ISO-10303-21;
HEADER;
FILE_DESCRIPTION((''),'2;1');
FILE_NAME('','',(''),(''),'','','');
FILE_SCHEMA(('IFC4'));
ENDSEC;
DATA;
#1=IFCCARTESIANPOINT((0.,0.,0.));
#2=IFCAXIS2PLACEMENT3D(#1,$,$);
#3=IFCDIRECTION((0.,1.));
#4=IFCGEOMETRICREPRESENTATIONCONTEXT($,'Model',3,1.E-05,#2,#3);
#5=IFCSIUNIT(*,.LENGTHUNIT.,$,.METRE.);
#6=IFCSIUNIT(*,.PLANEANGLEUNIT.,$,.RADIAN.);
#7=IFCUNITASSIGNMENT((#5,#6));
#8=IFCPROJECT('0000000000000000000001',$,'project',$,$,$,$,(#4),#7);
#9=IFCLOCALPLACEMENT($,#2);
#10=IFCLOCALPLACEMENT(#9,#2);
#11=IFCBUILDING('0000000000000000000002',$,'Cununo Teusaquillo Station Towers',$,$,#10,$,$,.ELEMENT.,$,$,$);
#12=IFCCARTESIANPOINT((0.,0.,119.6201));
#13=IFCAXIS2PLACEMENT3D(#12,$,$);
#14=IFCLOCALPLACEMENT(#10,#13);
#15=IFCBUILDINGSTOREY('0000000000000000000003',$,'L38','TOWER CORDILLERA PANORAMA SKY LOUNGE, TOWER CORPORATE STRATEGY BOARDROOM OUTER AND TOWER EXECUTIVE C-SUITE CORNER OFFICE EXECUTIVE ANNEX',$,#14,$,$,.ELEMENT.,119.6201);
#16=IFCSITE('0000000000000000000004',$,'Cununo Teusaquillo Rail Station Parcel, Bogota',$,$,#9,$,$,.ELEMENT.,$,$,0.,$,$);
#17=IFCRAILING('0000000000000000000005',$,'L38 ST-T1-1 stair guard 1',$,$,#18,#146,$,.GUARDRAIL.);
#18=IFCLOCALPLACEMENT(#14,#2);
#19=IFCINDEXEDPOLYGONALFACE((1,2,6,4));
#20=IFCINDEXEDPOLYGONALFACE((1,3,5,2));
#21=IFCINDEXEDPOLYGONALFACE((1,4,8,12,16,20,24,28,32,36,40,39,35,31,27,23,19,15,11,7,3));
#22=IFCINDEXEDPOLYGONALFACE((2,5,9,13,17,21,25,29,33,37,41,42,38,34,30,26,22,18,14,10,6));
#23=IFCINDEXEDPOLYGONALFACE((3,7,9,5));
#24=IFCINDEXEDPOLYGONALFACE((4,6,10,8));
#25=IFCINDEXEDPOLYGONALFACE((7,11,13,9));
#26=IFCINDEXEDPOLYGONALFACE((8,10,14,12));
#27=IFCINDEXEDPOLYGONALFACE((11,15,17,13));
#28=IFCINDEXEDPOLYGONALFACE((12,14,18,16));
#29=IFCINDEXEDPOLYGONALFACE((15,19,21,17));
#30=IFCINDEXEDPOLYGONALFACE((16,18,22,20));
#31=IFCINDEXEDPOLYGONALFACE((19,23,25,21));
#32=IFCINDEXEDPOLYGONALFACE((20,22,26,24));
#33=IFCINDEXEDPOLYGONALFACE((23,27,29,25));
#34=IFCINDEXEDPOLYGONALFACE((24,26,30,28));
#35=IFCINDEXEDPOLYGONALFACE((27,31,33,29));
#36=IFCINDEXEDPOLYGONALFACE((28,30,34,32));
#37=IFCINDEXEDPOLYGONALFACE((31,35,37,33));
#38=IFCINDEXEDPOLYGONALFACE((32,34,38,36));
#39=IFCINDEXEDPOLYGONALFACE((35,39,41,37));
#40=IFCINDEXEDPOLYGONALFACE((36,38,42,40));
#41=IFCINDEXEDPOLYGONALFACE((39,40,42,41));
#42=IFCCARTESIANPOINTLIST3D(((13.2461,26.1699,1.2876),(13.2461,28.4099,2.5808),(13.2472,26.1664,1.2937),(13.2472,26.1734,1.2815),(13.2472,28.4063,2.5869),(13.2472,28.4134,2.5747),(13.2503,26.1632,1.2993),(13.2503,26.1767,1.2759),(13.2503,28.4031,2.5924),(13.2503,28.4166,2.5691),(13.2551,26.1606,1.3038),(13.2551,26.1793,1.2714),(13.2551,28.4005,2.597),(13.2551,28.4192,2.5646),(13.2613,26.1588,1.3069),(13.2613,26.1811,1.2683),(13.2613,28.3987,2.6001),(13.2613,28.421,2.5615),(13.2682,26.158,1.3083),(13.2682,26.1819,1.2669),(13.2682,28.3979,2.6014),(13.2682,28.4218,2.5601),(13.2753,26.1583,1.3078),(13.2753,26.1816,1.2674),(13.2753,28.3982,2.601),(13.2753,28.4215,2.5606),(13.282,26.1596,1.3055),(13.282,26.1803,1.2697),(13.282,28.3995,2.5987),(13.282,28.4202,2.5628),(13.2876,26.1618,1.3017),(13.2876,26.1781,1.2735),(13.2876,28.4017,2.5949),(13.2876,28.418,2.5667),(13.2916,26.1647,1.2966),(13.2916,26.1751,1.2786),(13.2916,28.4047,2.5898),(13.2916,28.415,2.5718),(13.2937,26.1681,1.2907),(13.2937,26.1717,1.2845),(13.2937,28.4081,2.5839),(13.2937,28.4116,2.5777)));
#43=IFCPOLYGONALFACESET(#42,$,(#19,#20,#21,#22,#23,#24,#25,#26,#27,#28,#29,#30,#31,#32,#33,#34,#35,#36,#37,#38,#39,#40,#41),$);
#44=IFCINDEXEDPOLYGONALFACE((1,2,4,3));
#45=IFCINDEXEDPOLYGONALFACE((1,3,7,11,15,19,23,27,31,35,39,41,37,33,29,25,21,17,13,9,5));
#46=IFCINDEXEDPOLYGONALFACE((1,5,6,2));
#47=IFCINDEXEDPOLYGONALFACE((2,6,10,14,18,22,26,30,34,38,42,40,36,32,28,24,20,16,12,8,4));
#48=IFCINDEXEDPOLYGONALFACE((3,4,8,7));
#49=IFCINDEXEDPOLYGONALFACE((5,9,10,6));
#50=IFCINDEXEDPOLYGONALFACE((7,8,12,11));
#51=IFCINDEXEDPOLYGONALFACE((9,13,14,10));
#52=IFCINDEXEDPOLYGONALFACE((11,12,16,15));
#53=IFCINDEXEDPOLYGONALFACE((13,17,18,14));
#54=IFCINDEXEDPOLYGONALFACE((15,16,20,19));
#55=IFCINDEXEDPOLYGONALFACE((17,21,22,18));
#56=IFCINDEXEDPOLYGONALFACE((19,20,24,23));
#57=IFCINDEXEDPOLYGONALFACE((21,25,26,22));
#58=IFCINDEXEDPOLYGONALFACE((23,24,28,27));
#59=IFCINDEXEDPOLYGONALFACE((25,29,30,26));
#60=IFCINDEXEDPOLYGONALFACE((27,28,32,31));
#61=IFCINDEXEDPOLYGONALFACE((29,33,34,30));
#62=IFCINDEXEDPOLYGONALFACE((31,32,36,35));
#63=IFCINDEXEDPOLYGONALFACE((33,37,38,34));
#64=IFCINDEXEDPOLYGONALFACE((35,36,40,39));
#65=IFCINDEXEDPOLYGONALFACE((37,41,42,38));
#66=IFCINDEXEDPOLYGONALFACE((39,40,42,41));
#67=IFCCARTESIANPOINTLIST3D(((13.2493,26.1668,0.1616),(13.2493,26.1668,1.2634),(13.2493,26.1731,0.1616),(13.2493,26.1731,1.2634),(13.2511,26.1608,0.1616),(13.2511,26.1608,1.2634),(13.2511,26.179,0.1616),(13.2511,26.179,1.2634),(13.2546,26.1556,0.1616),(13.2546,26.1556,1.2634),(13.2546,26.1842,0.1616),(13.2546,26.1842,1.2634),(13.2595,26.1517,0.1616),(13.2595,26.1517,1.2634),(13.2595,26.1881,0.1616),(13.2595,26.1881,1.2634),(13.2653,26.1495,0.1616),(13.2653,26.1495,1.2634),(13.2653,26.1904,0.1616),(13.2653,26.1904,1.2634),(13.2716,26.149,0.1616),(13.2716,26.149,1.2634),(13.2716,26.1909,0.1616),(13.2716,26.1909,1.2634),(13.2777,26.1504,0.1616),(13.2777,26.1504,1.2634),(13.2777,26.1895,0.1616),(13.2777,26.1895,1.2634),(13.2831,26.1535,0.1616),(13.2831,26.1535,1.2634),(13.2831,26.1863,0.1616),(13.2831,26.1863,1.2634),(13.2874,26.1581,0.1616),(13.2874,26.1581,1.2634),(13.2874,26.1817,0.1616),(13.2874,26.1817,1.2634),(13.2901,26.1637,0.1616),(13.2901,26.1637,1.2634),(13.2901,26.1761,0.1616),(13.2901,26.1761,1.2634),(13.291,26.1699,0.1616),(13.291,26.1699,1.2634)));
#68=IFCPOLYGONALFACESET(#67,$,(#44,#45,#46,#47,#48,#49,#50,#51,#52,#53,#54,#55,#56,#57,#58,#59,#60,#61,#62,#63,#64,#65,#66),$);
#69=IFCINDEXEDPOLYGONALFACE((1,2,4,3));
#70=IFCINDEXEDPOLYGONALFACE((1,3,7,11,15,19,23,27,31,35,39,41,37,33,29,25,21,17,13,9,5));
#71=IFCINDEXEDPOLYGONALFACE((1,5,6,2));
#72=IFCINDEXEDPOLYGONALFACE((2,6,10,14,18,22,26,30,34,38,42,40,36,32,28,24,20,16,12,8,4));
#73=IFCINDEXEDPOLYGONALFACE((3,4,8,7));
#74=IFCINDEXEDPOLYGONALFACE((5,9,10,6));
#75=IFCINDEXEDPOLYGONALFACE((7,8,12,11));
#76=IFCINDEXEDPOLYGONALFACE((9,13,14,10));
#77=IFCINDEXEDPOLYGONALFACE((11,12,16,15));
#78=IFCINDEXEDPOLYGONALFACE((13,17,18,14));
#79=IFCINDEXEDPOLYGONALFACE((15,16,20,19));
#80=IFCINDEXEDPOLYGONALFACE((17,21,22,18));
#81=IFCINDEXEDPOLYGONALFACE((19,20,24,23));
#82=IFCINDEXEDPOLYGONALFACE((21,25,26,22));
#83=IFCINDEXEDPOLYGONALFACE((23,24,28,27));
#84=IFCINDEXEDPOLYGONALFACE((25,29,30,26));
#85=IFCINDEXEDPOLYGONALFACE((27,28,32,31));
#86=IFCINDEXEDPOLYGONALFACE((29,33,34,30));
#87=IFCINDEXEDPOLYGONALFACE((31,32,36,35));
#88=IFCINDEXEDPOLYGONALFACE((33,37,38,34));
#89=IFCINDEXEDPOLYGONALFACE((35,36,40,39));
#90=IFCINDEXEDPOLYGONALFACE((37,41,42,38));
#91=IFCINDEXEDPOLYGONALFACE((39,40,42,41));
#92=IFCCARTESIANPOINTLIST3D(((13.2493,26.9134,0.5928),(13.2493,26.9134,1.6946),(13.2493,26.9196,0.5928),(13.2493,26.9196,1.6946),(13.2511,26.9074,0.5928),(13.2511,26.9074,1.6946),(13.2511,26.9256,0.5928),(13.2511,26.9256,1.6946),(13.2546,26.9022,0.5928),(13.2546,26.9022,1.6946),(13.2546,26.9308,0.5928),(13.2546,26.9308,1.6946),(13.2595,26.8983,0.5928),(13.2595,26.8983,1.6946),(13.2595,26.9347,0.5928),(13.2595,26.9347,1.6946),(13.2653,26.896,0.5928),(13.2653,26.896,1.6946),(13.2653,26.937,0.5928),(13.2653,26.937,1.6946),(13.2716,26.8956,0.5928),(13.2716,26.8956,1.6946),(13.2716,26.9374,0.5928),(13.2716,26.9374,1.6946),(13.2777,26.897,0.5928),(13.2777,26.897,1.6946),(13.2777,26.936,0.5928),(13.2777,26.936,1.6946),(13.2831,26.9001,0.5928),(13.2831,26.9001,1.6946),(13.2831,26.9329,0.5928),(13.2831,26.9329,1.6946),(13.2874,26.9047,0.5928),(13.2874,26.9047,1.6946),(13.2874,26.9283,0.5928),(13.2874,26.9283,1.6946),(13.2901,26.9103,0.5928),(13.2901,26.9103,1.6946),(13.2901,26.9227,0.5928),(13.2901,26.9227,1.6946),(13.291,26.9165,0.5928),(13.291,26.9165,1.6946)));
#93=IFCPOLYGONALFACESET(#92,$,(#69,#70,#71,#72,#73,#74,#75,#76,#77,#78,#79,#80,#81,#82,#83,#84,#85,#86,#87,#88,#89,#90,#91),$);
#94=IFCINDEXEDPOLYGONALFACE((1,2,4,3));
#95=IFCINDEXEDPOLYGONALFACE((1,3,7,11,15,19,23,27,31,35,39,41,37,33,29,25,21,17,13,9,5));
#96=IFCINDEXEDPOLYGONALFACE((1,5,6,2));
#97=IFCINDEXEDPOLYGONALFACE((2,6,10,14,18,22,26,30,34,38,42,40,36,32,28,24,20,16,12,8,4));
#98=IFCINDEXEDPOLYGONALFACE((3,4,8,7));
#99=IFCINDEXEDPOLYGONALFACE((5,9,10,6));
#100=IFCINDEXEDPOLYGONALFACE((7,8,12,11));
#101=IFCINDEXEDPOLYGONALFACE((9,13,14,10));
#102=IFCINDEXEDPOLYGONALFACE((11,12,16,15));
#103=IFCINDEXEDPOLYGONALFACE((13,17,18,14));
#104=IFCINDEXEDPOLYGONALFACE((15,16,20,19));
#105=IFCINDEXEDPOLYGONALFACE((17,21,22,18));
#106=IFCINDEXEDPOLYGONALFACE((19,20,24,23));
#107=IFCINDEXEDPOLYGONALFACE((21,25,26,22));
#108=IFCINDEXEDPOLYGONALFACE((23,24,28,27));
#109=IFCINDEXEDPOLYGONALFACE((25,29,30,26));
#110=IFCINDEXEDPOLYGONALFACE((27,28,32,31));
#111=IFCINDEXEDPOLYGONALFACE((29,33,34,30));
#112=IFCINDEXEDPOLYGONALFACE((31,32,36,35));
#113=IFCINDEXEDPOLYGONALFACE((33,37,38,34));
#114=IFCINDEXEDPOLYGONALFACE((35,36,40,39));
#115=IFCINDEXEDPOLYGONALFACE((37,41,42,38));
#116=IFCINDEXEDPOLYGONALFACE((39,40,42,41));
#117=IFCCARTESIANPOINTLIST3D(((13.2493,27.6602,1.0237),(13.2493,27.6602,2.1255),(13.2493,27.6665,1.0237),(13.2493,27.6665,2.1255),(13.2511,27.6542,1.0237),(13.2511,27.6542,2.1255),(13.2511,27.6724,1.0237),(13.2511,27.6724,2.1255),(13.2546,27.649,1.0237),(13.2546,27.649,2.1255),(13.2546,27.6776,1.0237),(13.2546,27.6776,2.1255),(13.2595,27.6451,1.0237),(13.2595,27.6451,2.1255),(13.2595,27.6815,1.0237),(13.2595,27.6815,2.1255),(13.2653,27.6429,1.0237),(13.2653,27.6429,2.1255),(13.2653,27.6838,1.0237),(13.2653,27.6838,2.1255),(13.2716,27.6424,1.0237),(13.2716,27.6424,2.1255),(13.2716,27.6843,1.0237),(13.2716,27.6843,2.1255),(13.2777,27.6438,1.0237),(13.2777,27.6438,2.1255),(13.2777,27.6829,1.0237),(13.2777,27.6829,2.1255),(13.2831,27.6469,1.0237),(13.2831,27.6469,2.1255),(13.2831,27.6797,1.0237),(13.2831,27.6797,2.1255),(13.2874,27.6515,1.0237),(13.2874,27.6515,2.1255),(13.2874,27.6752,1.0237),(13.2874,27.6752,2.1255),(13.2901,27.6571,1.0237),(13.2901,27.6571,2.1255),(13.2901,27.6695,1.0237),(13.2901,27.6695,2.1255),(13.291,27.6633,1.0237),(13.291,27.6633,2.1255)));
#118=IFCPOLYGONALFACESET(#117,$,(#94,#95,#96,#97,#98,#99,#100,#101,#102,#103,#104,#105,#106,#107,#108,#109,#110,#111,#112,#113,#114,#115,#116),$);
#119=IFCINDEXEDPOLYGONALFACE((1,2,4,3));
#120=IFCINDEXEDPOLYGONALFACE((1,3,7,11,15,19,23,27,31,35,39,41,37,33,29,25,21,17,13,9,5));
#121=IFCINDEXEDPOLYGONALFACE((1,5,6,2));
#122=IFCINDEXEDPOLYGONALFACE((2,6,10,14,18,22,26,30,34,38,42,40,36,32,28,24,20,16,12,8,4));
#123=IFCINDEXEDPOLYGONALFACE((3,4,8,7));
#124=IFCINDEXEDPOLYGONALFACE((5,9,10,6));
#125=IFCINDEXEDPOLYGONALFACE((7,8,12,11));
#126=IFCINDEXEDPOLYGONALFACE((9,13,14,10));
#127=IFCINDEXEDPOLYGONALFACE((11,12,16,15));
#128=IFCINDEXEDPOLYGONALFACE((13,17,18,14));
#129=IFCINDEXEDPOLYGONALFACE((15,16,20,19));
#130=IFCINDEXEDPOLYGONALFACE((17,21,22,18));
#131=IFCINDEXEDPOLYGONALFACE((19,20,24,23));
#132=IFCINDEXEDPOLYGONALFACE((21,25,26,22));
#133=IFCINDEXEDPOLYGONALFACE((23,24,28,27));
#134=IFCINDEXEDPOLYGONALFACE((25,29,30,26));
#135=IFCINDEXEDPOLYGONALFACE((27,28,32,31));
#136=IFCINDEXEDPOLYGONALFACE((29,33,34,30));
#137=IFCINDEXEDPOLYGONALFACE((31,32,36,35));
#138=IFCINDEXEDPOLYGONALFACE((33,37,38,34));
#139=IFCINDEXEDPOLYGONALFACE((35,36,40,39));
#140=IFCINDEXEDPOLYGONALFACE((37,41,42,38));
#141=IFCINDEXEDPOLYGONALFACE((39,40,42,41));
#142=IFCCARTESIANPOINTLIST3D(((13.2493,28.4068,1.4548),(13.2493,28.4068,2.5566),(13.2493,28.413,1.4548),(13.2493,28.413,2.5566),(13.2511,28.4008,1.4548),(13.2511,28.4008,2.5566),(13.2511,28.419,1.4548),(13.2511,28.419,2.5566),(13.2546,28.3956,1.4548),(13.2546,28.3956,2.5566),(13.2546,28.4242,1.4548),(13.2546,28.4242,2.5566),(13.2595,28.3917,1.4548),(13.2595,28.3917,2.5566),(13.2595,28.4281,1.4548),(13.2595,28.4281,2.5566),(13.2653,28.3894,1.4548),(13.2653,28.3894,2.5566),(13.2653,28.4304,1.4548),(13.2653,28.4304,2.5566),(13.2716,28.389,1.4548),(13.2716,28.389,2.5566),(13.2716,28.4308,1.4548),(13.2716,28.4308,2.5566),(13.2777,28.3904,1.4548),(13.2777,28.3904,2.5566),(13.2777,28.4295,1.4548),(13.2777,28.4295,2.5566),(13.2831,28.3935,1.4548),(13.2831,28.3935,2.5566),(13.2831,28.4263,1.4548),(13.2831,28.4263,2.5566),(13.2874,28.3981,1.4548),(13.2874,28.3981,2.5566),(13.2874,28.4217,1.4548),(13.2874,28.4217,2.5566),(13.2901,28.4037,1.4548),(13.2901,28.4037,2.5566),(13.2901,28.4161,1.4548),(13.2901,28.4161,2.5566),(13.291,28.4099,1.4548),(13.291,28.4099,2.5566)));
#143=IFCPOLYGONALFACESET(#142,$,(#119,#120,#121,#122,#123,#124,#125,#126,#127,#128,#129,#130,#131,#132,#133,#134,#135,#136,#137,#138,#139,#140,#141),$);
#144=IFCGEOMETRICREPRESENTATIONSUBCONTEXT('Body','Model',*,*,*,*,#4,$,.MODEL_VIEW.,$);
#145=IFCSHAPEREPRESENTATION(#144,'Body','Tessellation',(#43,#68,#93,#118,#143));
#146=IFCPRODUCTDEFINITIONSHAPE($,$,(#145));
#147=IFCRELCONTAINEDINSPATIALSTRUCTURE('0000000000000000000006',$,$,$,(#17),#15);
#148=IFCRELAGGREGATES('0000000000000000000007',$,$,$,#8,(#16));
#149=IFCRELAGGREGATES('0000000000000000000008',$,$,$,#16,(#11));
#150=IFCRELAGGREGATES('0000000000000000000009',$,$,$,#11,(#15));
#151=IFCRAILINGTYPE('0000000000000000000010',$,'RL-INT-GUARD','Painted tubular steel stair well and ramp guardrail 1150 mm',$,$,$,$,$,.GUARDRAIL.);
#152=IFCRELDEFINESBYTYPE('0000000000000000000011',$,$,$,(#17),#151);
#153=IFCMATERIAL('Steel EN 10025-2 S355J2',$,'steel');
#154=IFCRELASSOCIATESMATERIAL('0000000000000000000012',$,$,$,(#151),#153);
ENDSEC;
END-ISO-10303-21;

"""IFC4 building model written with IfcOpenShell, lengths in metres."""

from ifc_helpers import new_model, si_unit, direction, frame, origin, origin_2d, place, context, subcontext, project, spatial, circle, extrude, material, type_object, element, save


model = new_model("IFC4")

# Units and contexts
model_context = context("Model", 3, precision=1e-05, world=origin(), true_north=direction((0.0, 1.0)))
body_context = subcontext(model_context, "Body", "Model", "MODEL_VIEW")
ifc_project = project(units=[si_unit("LENGTHUNIT", "METRE"), si_unit("PLANEANGLEUNIT", "RADIAN")], contexts=[model_context])

# Site, building, storey
site_placement = place(None, origin())
site = spatial("IfcSite", under=ifc_project, at=site_placement, Name="Cununo Teusaquillo Rail Station Parcel, Bogota", CompositionType="ELEMENT", RefElevation=0.0)
building_placement = place(site_placement, origin())
building = spatial("IfcBuilding", under=site, at=building_placement, Name="Cununo Teusaquillo Station Towers", CompositionType="ELEMENT")
storey_placement = place(building_placement, frame((0.0, 0.0, 119.6201)))
storey = spatial("IfcBuildingStorey", under=building, at=storey_placement, Name="L38", Description="TOWER CORDILLERA PANORAMA SKY LOUNGE, TOWER CORPORATE STRATEGY BOARDROOM OUTER AND TOWER EXECUTIVE C-SUITE CORNER OFFICE EXECUTIVE ANNEX", CompositionType="ELEMENT", Elevation=119.6201)

# Railing
ifc_material_1 = material(Name="Steel EN 10025-2 S355J2", Category="steel")
railing_type_1 = type_object("IfcRailingType", Name="RL-INT-GUARD", Description="Painted tubular steel stair well and ramp guardrail 1150 mm", PredefinedType="GUARDRAIL", material=ifc_material_1)
railing_1_placement = place(storey_placement, frame((13.27, 26.1699, 0.1616)))
element("IfcRailing", 1, at=railing_1_placement, inside=storey, type_object=railing_type_1, Name="L38 ST-T1-1 stair guard 1", PredefinedType="GUARDRAIL", context=body_context, shape_type="SweptSolid", body=[
    extrude(circle(Radius=0.0239, at=origin_2d()), frame((0.0, 0.0, 1.126), z_axis=(0.0, 0.866033, 0.499987), x_axis=(-1.0, 0.0, 0.0)), (0.0, 0.0, 1.0), 2.5864),
    extrude(circle(Radius=0.021, at=origin_2d()), origin(), (0.0, 0.0, 1.0), 1.1018),
    extrude(circle(Radius=0.021, at=origin_2d()), frame((0.0, 0.7466, 0.4312)), (0.0, 0.0, 1.0), 1.1018),
    extrude(circle(Radius=0.021, at=origin_2d()), frame((0.0, 1.4934, 0.8621)), (0.0, 0.0, 1.0), 1.1018),
    extrude(circle(Radius=0.021, at=origin_2d()), frame((0.0, 2.24, 1.2932)), (0.0, 0.0, 1.0), 1.1018),
])

save(model, "model.ifc")
